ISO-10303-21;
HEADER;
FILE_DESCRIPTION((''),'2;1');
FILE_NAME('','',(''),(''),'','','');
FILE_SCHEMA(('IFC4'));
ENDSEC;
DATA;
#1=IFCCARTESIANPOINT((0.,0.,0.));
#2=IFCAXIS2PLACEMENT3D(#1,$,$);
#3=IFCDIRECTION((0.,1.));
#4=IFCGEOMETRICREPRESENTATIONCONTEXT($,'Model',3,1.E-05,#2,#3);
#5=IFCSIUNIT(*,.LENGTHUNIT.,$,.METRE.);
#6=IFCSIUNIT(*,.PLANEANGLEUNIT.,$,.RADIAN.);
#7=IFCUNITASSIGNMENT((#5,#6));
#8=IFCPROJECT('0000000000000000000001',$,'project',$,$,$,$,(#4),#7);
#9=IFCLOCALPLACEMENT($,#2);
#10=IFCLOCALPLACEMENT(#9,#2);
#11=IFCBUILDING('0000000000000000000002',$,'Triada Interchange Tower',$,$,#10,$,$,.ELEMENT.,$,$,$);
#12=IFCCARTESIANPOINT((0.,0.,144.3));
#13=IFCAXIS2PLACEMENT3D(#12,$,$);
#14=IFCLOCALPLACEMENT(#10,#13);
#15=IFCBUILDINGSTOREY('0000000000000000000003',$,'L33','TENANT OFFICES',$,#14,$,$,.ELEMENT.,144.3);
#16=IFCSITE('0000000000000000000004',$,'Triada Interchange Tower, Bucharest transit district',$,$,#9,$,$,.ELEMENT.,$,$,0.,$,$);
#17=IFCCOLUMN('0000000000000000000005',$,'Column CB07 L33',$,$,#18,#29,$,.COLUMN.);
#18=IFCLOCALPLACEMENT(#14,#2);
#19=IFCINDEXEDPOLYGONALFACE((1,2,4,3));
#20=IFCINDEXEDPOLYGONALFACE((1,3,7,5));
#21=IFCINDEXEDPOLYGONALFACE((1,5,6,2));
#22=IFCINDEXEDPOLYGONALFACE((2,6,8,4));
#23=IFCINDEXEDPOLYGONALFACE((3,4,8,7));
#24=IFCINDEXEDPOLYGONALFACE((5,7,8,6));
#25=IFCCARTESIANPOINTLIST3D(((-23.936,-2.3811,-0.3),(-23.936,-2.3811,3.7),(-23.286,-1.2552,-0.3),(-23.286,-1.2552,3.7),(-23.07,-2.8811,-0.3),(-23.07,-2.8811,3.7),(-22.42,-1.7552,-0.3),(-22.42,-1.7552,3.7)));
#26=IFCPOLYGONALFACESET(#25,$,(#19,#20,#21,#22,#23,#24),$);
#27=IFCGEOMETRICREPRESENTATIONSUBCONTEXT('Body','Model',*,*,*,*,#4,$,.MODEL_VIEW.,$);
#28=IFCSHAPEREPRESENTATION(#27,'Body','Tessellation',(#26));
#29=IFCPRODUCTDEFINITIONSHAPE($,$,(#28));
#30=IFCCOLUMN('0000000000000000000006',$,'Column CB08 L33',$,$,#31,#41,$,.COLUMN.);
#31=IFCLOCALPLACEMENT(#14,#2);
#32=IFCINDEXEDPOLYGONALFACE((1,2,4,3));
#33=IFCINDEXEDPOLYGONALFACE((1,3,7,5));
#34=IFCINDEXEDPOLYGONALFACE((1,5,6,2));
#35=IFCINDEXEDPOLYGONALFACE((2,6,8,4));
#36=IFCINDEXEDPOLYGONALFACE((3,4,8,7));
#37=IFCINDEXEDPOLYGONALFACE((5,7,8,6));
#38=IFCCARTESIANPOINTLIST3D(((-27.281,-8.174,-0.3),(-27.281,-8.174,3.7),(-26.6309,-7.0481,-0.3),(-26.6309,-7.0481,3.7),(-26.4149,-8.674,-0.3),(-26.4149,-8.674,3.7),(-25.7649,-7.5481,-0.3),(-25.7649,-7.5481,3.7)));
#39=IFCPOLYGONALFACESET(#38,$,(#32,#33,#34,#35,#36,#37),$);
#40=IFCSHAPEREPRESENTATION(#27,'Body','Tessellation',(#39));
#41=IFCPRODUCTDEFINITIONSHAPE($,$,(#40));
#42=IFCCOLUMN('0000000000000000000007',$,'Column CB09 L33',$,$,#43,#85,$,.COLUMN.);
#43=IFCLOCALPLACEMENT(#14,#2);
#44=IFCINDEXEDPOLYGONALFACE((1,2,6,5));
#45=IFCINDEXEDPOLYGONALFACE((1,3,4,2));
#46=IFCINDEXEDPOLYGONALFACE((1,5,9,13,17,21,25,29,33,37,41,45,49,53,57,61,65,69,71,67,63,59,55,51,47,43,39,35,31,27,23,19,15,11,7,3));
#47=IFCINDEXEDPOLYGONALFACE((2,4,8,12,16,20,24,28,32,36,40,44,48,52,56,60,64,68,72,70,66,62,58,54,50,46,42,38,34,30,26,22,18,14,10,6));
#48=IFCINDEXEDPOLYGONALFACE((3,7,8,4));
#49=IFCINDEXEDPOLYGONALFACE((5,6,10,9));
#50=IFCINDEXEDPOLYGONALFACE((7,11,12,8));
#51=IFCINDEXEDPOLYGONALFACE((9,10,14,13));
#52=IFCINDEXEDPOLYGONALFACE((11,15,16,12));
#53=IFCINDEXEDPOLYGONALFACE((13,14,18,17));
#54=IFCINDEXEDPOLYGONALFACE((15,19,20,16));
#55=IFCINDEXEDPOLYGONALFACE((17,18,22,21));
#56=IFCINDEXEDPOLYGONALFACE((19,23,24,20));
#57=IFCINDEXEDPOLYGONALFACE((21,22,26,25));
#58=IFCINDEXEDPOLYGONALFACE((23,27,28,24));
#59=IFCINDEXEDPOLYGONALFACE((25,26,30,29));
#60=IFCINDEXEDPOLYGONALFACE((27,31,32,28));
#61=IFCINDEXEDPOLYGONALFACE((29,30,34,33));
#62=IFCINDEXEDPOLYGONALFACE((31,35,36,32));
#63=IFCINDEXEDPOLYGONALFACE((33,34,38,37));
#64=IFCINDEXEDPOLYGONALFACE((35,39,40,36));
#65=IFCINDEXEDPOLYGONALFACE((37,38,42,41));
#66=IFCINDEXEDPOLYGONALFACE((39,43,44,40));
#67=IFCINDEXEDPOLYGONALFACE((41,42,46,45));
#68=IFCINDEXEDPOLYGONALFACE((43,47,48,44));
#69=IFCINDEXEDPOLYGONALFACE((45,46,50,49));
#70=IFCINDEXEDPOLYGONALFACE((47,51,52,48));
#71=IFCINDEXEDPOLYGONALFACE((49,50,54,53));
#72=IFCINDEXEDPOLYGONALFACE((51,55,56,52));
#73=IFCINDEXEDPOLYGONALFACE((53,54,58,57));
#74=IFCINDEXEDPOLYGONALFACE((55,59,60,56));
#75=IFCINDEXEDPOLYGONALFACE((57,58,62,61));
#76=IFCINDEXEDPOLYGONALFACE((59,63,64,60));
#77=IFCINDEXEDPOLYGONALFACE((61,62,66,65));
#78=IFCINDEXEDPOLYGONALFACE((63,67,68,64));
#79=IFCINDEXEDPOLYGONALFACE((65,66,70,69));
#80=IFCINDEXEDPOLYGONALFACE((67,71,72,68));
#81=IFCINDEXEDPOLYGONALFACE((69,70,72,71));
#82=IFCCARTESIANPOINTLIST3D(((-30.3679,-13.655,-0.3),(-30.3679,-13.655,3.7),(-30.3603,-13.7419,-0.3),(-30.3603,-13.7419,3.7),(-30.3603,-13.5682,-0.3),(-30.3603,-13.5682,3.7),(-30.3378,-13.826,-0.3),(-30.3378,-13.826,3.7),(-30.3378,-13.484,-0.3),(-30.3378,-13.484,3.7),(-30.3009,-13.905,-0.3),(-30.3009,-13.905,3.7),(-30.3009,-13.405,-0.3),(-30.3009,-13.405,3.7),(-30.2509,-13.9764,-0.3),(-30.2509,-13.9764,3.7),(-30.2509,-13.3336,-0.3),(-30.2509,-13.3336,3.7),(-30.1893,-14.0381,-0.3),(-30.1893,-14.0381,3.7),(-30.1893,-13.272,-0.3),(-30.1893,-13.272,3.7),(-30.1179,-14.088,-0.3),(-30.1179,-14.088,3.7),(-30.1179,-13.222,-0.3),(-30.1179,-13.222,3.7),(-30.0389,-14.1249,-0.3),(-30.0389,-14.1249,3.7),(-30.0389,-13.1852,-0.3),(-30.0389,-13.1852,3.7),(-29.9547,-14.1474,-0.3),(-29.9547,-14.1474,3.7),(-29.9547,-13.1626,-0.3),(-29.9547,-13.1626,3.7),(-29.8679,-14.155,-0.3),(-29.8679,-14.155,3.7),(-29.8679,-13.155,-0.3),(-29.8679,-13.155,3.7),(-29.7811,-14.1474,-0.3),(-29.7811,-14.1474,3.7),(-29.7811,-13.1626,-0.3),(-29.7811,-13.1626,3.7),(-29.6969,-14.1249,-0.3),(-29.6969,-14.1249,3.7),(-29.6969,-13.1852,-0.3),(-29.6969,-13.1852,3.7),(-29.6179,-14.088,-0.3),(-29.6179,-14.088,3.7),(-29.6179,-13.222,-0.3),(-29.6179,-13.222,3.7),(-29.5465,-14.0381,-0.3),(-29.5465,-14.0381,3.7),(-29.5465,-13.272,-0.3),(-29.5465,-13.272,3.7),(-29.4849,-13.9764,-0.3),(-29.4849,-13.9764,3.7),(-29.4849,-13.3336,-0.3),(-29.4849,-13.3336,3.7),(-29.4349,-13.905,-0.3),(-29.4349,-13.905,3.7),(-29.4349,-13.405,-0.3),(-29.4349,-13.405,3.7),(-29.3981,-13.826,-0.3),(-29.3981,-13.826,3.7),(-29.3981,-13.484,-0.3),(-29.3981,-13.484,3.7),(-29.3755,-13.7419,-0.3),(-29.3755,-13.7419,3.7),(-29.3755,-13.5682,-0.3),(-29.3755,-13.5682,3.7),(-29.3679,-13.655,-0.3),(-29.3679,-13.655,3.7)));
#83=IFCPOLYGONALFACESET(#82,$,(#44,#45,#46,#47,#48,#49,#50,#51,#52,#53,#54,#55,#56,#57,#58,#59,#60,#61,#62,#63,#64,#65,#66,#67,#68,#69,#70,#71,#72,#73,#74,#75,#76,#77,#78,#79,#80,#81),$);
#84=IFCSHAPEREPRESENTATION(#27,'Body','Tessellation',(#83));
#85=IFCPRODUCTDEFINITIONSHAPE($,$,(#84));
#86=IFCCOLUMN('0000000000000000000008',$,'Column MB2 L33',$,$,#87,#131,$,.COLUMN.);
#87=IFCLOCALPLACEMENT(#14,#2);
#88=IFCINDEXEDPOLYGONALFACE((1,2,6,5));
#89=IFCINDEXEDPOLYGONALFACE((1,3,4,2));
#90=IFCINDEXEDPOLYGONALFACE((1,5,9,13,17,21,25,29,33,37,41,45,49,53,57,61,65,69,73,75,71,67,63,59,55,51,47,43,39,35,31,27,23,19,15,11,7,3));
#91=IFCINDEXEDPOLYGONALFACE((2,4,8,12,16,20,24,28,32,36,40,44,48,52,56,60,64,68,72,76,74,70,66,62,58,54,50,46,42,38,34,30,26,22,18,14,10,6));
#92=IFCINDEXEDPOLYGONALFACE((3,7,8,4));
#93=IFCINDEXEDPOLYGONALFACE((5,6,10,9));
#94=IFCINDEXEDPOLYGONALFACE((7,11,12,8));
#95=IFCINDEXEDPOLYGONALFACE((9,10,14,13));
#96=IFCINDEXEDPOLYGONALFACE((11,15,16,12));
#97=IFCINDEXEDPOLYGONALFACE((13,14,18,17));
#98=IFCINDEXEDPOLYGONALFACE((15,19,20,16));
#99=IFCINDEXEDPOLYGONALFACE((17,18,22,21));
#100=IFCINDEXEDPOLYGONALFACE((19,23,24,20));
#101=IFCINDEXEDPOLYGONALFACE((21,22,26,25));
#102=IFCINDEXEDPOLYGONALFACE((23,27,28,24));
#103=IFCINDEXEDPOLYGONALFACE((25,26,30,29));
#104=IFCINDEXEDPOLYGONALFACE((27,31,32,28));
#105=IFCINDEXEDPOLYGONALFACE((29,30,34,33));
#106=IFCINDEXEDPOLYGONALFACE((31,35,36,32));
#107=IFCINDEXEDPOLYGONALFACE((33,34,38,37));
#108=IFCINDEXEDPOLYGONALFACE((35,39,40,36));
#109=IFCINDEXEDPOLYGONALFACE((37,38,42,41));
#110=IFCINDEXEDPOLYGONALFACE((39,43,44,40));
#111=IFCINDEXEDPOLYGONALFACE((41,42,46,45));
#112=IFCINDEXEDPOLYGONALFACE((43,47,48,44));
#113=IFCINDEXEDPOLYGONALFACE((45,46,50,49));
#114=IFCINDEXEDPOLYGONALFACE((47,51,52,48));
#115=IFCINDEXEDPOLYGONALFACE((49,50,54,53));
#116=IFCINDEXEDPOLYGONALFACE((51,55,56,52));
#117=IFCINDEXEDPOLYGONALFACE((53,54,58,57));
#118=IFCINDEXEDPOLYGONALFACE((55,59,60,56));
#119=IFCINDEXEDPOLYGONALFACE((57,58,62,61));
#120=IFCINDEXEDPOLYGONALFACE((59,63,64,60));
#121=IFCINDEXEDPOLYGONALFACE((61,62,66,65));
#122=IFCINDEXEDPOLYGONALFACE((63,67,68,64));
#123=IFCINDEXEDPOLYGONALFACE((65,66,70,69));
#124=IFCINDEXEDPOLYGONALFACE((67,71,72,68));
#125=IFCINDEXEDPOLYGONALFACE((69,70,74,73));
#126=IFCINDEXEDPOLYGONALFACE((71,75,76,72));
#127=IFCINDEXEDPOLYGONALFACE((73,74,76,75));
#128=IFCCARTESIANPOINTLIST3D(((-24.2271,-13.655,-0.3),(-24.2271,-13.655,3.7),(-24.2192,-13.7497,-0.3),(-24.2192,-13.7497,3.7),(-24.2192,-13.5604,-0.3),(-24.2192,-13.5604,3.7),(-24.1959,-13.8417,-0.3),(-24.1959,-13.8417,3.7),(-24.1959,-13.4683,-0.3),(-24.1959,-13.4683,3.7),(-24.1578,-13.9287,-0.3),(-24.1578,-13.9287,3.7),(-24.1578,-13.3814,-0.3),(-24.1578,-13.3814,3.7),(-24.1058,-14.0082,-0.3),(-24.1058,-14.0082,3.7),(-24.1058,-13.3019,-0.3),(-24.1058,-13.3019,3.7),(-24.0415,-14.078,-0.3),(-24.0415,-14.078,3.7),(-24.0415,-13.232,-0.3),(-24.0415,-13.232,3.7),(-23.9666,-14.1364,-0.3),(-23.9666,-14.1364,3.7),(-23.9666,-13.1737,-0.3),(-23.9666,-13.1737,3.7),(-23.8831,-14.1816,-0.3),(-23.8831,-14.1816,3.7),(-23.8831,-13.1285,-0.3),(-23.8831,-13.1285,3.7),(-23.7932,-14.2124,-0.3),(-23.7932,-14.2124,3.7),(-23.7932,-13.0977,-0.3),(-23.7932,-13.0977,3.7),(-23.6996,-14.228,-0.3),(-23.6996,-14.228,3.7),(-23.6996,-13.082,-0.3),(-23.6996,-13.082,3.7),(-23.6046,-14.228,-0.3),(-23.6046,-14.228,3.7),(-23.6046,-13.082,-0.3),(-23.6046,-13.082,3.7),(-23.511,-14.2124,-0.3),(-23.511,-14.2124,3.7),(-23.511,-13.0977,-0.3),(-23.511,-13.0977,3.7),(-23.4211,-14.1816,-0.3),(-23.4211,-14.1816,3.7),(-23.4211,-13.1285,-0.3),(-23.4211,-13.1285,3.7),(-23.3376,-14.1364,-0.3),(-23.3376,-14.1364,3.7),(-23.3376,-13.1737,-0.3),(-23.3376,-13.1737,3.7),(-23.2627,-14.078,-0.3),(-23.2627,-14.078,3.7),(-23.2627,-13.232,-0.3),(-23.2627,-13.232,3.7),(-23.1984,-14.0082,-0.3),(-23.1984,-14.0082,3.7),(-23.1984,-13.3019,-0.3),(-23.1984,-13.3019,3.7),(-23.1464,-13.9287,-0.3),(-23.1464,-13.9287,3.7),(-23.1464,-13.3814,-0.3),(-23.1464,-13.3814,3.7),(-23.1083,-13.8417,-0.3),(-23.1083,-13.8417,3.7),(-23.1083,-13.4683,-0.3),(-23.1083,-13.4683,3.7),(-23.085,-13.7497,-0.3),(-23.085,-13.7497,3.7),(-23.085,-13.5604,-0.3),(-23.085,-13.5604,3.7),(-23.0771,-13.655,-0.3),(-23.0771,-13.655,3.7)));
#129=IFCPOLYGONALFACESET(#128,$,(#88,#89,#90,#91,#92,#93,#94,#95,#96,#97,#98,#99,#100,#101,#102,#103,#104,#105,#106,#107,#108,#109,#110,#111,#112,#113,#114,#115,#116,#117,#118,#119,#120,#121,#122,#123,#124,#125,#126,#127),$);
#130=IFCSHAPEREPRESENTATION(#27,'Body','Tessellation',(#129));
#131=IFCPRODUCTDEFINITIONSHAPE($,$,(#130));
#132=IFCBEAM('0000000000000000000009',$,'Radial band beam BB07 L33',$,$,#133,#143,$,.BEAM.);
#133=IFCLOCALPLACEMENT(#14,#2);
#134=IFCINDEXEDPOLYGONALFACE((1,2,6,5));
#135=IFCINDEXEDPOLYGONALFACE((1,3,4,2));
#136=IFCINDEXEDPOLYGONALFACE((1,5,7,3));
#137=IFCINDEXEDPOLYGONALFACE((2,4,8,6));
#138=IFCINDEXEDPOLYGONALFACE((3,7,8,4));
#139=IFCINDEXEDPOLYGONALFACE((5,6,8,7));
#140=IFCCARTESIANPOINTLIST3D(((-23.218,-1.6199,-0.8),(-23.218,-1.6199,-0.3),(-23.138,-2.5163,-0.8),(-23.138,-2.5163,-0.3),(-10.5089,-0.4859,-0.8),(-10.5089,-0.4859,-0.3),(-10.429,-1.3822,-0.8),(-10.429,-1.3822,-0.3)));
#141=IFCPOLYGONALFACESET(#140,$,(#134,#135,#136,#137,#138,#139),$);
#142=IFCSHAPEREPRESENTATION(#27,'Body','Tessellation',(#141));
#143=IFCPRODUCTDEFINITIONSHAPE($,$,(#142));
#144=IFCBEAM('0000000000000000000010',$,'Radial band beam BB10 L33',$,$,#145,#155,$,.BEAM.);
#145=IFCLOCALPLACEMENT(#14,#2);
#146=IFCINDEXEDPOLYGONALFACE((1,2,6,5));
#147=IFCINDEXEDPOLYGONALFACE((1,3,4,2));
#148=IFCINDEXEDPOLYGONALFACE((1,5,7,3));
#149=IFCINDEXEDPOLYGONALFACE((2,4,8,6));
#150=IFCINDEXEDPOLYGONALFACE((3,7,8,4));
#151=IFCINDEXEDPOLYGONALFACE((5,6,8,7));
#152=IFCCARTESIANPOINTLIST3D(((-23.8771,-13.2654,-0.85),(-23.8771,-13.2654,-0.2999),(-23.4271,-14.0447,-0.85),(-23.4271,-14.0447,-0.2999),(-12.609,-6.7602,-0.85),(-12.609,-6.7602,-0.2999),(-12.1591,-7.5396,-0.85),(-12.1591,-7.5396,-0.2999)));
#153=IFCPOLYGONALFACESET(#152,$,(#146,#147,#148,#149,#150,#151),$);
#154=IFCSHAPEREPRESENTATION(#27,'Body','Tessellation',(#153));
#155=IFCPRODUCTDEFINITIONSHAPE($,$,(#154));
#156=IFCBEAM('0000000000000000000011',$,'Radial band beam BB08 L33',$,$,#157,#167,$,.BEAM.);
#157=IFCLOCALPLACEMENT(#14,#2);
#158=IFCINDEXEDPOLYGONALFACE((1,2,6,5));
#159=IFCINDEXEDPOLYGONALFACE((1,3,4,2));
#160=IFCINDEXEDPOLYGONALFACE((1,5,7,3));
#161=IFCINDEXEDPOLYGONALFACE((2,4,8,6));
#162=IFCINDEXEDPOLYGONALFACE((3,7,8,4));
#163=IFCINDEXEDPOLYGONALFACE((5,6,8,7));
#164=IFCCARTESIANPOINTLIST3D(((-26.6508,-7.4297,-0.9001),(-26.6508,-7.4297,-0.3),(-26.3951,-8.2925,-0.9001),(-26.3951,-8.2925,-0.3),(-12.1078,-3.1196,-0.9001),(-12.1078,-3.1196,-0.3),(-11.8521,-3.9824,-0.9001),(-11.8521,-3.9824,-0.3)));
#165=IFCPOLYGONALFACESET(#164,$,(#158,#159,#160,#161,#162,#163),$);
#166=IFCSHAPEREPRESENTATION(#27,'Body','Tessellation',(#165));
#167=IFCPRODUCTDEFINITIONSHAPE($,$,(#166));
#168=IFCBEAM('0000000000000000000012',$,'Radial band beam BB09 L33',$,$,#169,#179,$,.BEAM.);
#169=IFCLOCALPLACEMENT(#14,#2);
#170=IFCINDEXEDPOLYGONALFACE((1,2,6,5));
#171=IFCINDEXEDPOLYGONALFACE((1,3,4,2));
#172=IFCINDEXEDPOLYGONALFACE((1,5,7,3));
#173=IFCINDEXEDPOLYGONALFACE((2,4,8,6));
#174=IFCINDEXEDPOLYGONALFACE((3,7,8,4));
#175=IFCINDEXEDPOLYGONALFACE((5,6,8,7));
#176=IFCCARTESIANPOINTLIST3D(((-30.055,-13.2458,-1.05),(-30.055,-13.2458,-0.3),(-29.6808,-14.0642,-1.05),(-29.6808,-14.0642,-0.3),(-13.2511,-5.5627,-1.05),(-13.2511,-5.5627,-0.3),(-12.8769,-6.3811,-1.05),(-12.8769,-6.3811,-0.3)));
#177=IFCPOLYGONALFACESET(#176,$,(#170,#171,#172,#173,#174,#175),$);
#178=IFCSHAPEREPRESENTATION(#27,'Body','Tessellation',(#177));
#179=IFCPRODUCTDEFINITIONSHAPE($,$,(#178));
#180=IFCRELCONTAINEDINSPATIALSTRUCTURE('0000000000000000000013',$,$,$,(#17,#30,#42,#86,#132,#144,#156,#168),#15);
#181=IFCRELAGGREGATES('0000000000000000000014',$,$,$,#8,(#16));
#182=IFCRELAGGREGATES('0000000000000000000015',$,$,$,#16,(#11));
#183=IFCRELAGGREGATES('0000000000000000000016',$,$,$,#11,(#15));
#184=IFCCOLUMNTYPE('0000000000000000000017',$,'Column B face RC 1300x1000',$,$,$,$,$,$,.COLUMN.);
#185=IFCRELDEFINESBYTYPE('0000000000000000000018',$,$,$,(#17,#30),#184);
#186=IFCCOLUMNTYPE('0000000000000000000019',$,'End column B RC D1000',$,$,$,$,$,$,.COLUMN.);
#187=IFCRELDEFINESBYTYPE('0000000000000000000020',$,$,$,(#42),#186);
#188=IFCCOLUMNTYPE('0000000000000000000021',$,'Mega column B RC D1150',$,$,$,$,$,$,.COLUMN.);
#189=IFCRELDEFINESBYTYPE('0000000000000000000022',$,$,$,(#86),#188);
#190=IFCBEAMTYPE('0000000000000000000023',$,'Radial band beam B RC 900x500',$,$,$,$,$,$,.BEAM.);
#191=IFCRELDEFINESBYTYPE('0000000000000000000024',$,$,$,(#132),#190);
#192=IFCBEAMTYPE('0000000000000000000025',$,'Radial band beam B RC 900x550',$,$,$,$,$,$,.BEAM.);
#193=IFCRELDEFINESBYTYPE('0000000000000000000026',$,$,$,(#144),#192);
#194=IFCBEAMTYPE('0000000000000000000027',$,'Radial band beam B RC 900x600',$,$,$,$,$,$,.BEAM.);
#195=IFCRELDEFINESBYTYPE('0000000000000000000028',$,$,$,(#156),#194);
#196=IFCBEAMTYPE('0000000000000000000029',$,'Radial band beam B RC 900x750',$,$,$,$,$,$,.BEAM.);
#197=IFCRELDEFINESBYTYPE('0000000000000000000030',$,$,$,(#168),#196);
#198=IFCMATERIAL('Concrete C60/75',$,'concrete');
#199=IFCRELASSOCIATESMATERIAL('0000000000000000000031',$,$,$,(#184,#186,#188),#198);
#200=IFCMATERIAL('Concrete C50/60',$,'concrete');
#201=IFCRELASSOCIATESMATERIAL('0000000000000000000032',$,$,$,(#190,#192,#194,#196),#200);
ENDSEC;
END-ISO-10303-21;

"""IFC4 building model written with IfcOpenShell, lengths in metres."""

from ifc_helpers import new_model, si_unit, direction, frame, origin, origin_2d, place, context, subcontext, project, spatial, rectangle, circle, extrude, material, material_profile, profile_set, type_object, element, save


model = new_model("IFC4")

# Units and contexts
model_context = context("Model", 3, precision=1e-05, world=origin(), true_north=direction((0.0, 1.0)))
body_context = subcontext(model_context, "Body", "Model", "MODEL_VIEW")
ifc_project = project(units=[si_unit("LENGTHUNIT", "METRE"), si_unit("PLANEANGLEUNIT", "RADIAN")], contexts=[model_context])

# Site, building, storey
site_placement = place(None, origin())
site = spatial("IfcSite", under=ifc_project, at=site_placement, Name="Triada Interchange Tower, Bucharest transit district", CompositionType="ELEMENT", RefElevation=0.0)
building_placement = place(site_placement, origin())
building = spatial("IfcBuilding", under=site, at=building_placement, Name="Triada Interchange Tower", CompositionType="ELEMENT")
storey_placement = place(building_placement, frame((0.0, 0.0, 144.3)))
storey = spatial("IfcBuildingStorey", under=building, at=storey_placement, Name="L33", Description="TENANT OFFICES", CompositionType="ELEMENT", Elevation=144.3)

# Columns
ifc_material_1 = material(Name="Concrete C60/75", Category="concrete")
ifc_material_profile_1 = material_profile(ifc_material_1, rectangle(XDim=1.3, YDim=1.0, at=origin_2d()), Name="RC 1300x1000")
ifc_profile_set_1 = profile_set([ifc_material_profile_1], Name="Concrete C60/75")
column_type_1 = type_object("IfcColumnType", Name="Column B face RC 1300x1000", PredefinedType="COLUMN", material=ifc_profile_set_1)
for number, where, z_axis, x_axis, name in (
    (1, (-23.178, -2.0681, -0.3), (0.0, 0.0, 1.0), (0.5, 0.866025, 0.0), "Column CB07 L33"),
    (2, (-26.5229, -7.8611, -0.3), (0.0, 0.0, 1.0), (0.5, 0.866025, 0.0), "Column CB08 L33"),
):
    element("IfcColumn", number, at=place(storey_placement, frame(where, z_axis=z_axis, x_axis=x_axis)), inside=storey, type_object=column_type_1, Name=name, PredefinedType="COLUMN", context=body_context, shape_type="SweptSolid", body=[
        extrude(rectangle(XDim=1.3, YDim=1.0, at=origin_2d()), origin(), (0.0, 0.0, 1.0), 4.0),
    ])
ifc_material_profile_2 = material_profile(ifc_material_1, circle(Radius=0.5, at=origin_2d()), Name="RC D1000")
ifc_profile_set_2 = profile_set([ifc_material_profile_2], Name="Concrete C60/75")
column_type_2 = type_object("IfcColumnType", Name="End column B RC D1000", PredefinedType="COLUMN", material=ifc_profile_set_2)
column_1_placement = place(storey_placement, frame((-29.8679, -13.655, -0.3), z_axis=(0.0, 0.0, 1.0), x_axis=(0.5, 0.866025, 0.0)))
element("IfcColumn", 3, at=column_1_placement, inside=storey, type_object=column_type_2, Name="Column CB09 L33", PredefinedType="COLUMN", context=body_context, shape_type="SweptSolid", body=[
    extrude(circle(Radius=0.5, at=origin_2d()), origin(), (0.0, 0.0, 1.0), 4.0),
])
ifc_material_profile_3 = material_profile(ifc_material_1, circle(Radius=0.575, at=origin_2d()), Name="RC D1150")
ifc_profile_set_3 = profile_set([ifc_material_profile_3], Name="Concrete C60/75")
column_type_3 = type_object("IfcColumnType", Name="Mega column B RC D1150", PredefinedType="COLUMN", material=ifc_profile_set_3)
column_2_placement = place(storey_placement, frame((-23.6521, -13.655, -0.3), z_axis=(0.0, 0.0, 1.0), x_axis=(1.0, 0.0, 0.0)))
element("IfcColumn", 4, at=column_2_placement, inside=storey, type_object=column_type_3, Name="Column MB2 L33", PredefinedType="COLUMN", context=body_context, shape_type="SweptSolid", body=[
    extrude(circle(Radius=0.575, at=origin_2d()), origin(), (0.0, 0.0, 1.0), 4.0),
])

# Beams
ifc_material_2 = material(Name="Concrete C50/60", Category="concrete")
ifc_material_profile_4 = material_profile(ifc_material_2, rectangle(XDim=0.8999, YDim=0.5, at=origin_2d()), Name="RC 900x500")
ifc_profile_set_4 = profile_set([ifc_material_profile_4], Name="Concrete C50/60")
beam_type_1 = type_object("IfcBeamType", Name="Radial band beam B RC 900x500", PredefinedType="BEAM", material=ifc_profile_set_4)
beam_1_placement = place(storey_placement, frame((-23.178, -2.0681, -0.55), z_axis=(0.996043, 0.088878, 0.0), x_axis=(-0.088878, 0.996043, 0.0)))
element("IfcBeam", 5, at=beam_1_placement, inside=storey, type_object=beam_type_1, Name="Radial band beam BB07 L33", PredefinedType="BEAM", context=body_context, shape_type="SweptSolid", body=[
    extrude(rectangle(XDim=0.8999, YDim=0.5, at=origin_2d()), origin(), (0.0, 0.0, 1.0), 12.7595),
])
ifc_material_profile_5 = material_profile(ifc_material_2, rectangle(XDim=0.8999, YDim=0.55, at=origin_2d()), Name="RC 900x550")
ifc_profile_set_5 = profile_set([ifc_material_profile_5], Name="Concrete C50/60")
beam_type_2 = type_object("IfcBeamType", Name="Radial band beam B RC 900x550", PredefinedType="BEAM", material=ifc_profile_set_5)
beam_2_placement = place(storey_placement, frame((-23.6521, -13.655, -0.575), z_axis=(0.866042, 0.499972, 0.0), x_axis=(-0.499972, 0.866042, 0.0)))
element("IfcBeam", 6, at=beam_2_placement, inside=storey, type_object=beam_type_2, Name="Radial band beam BB10 L33", PredefinedType="BEAM", context=body_context, shape_type="SweptSolid", body=[
    extrude(rectangle(XDim=0.8999, YDim=0.55, at=origin_2d()), origin(), (0.0, 0.0, 1.0), 13.011),
])
ifc_material_profile_6 = material_profile(ifc_material_2, rectangle(XDim=0.8999, YDim=0.6001, at=origin_2d()), Name="RC 900x600")
ifc_profile_set_6 = profile_set([ifc_material_profile_6], Name="Concrete C50/60")
beam_type_3 = type_object("IfcBeamType", Name="Radial band beam B RC 900x600", PredefinedType="BEAM", material=ifc_profile_set_6)
beam_3_placement = place(storey_placement, frame((-26.5229, -7.8611, -0.6001), z_axis=(0.95878, 0.284151, 0.0), x_axis=(-0.284151, 0.95878, 0.0)))
element("IfcBeam", 7, at=beam_3_placement, inside=storey, type_object=beam_type_3, Name="Radial band beam BB08 L33", PredefinedType="BEAM", context=body_context, shape_type="SweptSolid", body=[
    extrude(rectangle(XDim=0.8999, YDim=0.6001, at=origin_2d()), origin(), (0.0, 0.0, 1.0), 15.1682),
])
ifc_material_profile_7 = material_profile(ifc_material_2, rectangle(XDim=0.8999, YDim=0.75, at=origin_2d()), Name="RC 900x750")
ifc_profile_set_7 = profile_set([ifc_material_profile_7], Name="Concrete C50/60")
beam_type_4 = type_object("IfcBeamType", Name="Radial band beam B RC 900x750", PredefinedType="BEAM", material=ifc_profile_set_7)
beam_4_placement = place(storey_placement, frame((-29.8679, -13.655, -0.675), z_axis=(0.909448, 0.415818, 0.0), x_axis=(-0.415818, 0.909448, 0.0)))
element("IfcBeam", 8, at=beam_4_placement, inside=storey, type_object=beam_type_4, Name="Radial band beam BB09 L33", PredefinedType="BEAM", context=body_context, shape_type="SweptSolid", body=[
    extrude(rectangle(XDim=0.8999, YDim=0.75, at=origin_2d()), origin(), (0.0, 0.0, 1.0), 18.4771),
])

save(model, "model.ifc")
